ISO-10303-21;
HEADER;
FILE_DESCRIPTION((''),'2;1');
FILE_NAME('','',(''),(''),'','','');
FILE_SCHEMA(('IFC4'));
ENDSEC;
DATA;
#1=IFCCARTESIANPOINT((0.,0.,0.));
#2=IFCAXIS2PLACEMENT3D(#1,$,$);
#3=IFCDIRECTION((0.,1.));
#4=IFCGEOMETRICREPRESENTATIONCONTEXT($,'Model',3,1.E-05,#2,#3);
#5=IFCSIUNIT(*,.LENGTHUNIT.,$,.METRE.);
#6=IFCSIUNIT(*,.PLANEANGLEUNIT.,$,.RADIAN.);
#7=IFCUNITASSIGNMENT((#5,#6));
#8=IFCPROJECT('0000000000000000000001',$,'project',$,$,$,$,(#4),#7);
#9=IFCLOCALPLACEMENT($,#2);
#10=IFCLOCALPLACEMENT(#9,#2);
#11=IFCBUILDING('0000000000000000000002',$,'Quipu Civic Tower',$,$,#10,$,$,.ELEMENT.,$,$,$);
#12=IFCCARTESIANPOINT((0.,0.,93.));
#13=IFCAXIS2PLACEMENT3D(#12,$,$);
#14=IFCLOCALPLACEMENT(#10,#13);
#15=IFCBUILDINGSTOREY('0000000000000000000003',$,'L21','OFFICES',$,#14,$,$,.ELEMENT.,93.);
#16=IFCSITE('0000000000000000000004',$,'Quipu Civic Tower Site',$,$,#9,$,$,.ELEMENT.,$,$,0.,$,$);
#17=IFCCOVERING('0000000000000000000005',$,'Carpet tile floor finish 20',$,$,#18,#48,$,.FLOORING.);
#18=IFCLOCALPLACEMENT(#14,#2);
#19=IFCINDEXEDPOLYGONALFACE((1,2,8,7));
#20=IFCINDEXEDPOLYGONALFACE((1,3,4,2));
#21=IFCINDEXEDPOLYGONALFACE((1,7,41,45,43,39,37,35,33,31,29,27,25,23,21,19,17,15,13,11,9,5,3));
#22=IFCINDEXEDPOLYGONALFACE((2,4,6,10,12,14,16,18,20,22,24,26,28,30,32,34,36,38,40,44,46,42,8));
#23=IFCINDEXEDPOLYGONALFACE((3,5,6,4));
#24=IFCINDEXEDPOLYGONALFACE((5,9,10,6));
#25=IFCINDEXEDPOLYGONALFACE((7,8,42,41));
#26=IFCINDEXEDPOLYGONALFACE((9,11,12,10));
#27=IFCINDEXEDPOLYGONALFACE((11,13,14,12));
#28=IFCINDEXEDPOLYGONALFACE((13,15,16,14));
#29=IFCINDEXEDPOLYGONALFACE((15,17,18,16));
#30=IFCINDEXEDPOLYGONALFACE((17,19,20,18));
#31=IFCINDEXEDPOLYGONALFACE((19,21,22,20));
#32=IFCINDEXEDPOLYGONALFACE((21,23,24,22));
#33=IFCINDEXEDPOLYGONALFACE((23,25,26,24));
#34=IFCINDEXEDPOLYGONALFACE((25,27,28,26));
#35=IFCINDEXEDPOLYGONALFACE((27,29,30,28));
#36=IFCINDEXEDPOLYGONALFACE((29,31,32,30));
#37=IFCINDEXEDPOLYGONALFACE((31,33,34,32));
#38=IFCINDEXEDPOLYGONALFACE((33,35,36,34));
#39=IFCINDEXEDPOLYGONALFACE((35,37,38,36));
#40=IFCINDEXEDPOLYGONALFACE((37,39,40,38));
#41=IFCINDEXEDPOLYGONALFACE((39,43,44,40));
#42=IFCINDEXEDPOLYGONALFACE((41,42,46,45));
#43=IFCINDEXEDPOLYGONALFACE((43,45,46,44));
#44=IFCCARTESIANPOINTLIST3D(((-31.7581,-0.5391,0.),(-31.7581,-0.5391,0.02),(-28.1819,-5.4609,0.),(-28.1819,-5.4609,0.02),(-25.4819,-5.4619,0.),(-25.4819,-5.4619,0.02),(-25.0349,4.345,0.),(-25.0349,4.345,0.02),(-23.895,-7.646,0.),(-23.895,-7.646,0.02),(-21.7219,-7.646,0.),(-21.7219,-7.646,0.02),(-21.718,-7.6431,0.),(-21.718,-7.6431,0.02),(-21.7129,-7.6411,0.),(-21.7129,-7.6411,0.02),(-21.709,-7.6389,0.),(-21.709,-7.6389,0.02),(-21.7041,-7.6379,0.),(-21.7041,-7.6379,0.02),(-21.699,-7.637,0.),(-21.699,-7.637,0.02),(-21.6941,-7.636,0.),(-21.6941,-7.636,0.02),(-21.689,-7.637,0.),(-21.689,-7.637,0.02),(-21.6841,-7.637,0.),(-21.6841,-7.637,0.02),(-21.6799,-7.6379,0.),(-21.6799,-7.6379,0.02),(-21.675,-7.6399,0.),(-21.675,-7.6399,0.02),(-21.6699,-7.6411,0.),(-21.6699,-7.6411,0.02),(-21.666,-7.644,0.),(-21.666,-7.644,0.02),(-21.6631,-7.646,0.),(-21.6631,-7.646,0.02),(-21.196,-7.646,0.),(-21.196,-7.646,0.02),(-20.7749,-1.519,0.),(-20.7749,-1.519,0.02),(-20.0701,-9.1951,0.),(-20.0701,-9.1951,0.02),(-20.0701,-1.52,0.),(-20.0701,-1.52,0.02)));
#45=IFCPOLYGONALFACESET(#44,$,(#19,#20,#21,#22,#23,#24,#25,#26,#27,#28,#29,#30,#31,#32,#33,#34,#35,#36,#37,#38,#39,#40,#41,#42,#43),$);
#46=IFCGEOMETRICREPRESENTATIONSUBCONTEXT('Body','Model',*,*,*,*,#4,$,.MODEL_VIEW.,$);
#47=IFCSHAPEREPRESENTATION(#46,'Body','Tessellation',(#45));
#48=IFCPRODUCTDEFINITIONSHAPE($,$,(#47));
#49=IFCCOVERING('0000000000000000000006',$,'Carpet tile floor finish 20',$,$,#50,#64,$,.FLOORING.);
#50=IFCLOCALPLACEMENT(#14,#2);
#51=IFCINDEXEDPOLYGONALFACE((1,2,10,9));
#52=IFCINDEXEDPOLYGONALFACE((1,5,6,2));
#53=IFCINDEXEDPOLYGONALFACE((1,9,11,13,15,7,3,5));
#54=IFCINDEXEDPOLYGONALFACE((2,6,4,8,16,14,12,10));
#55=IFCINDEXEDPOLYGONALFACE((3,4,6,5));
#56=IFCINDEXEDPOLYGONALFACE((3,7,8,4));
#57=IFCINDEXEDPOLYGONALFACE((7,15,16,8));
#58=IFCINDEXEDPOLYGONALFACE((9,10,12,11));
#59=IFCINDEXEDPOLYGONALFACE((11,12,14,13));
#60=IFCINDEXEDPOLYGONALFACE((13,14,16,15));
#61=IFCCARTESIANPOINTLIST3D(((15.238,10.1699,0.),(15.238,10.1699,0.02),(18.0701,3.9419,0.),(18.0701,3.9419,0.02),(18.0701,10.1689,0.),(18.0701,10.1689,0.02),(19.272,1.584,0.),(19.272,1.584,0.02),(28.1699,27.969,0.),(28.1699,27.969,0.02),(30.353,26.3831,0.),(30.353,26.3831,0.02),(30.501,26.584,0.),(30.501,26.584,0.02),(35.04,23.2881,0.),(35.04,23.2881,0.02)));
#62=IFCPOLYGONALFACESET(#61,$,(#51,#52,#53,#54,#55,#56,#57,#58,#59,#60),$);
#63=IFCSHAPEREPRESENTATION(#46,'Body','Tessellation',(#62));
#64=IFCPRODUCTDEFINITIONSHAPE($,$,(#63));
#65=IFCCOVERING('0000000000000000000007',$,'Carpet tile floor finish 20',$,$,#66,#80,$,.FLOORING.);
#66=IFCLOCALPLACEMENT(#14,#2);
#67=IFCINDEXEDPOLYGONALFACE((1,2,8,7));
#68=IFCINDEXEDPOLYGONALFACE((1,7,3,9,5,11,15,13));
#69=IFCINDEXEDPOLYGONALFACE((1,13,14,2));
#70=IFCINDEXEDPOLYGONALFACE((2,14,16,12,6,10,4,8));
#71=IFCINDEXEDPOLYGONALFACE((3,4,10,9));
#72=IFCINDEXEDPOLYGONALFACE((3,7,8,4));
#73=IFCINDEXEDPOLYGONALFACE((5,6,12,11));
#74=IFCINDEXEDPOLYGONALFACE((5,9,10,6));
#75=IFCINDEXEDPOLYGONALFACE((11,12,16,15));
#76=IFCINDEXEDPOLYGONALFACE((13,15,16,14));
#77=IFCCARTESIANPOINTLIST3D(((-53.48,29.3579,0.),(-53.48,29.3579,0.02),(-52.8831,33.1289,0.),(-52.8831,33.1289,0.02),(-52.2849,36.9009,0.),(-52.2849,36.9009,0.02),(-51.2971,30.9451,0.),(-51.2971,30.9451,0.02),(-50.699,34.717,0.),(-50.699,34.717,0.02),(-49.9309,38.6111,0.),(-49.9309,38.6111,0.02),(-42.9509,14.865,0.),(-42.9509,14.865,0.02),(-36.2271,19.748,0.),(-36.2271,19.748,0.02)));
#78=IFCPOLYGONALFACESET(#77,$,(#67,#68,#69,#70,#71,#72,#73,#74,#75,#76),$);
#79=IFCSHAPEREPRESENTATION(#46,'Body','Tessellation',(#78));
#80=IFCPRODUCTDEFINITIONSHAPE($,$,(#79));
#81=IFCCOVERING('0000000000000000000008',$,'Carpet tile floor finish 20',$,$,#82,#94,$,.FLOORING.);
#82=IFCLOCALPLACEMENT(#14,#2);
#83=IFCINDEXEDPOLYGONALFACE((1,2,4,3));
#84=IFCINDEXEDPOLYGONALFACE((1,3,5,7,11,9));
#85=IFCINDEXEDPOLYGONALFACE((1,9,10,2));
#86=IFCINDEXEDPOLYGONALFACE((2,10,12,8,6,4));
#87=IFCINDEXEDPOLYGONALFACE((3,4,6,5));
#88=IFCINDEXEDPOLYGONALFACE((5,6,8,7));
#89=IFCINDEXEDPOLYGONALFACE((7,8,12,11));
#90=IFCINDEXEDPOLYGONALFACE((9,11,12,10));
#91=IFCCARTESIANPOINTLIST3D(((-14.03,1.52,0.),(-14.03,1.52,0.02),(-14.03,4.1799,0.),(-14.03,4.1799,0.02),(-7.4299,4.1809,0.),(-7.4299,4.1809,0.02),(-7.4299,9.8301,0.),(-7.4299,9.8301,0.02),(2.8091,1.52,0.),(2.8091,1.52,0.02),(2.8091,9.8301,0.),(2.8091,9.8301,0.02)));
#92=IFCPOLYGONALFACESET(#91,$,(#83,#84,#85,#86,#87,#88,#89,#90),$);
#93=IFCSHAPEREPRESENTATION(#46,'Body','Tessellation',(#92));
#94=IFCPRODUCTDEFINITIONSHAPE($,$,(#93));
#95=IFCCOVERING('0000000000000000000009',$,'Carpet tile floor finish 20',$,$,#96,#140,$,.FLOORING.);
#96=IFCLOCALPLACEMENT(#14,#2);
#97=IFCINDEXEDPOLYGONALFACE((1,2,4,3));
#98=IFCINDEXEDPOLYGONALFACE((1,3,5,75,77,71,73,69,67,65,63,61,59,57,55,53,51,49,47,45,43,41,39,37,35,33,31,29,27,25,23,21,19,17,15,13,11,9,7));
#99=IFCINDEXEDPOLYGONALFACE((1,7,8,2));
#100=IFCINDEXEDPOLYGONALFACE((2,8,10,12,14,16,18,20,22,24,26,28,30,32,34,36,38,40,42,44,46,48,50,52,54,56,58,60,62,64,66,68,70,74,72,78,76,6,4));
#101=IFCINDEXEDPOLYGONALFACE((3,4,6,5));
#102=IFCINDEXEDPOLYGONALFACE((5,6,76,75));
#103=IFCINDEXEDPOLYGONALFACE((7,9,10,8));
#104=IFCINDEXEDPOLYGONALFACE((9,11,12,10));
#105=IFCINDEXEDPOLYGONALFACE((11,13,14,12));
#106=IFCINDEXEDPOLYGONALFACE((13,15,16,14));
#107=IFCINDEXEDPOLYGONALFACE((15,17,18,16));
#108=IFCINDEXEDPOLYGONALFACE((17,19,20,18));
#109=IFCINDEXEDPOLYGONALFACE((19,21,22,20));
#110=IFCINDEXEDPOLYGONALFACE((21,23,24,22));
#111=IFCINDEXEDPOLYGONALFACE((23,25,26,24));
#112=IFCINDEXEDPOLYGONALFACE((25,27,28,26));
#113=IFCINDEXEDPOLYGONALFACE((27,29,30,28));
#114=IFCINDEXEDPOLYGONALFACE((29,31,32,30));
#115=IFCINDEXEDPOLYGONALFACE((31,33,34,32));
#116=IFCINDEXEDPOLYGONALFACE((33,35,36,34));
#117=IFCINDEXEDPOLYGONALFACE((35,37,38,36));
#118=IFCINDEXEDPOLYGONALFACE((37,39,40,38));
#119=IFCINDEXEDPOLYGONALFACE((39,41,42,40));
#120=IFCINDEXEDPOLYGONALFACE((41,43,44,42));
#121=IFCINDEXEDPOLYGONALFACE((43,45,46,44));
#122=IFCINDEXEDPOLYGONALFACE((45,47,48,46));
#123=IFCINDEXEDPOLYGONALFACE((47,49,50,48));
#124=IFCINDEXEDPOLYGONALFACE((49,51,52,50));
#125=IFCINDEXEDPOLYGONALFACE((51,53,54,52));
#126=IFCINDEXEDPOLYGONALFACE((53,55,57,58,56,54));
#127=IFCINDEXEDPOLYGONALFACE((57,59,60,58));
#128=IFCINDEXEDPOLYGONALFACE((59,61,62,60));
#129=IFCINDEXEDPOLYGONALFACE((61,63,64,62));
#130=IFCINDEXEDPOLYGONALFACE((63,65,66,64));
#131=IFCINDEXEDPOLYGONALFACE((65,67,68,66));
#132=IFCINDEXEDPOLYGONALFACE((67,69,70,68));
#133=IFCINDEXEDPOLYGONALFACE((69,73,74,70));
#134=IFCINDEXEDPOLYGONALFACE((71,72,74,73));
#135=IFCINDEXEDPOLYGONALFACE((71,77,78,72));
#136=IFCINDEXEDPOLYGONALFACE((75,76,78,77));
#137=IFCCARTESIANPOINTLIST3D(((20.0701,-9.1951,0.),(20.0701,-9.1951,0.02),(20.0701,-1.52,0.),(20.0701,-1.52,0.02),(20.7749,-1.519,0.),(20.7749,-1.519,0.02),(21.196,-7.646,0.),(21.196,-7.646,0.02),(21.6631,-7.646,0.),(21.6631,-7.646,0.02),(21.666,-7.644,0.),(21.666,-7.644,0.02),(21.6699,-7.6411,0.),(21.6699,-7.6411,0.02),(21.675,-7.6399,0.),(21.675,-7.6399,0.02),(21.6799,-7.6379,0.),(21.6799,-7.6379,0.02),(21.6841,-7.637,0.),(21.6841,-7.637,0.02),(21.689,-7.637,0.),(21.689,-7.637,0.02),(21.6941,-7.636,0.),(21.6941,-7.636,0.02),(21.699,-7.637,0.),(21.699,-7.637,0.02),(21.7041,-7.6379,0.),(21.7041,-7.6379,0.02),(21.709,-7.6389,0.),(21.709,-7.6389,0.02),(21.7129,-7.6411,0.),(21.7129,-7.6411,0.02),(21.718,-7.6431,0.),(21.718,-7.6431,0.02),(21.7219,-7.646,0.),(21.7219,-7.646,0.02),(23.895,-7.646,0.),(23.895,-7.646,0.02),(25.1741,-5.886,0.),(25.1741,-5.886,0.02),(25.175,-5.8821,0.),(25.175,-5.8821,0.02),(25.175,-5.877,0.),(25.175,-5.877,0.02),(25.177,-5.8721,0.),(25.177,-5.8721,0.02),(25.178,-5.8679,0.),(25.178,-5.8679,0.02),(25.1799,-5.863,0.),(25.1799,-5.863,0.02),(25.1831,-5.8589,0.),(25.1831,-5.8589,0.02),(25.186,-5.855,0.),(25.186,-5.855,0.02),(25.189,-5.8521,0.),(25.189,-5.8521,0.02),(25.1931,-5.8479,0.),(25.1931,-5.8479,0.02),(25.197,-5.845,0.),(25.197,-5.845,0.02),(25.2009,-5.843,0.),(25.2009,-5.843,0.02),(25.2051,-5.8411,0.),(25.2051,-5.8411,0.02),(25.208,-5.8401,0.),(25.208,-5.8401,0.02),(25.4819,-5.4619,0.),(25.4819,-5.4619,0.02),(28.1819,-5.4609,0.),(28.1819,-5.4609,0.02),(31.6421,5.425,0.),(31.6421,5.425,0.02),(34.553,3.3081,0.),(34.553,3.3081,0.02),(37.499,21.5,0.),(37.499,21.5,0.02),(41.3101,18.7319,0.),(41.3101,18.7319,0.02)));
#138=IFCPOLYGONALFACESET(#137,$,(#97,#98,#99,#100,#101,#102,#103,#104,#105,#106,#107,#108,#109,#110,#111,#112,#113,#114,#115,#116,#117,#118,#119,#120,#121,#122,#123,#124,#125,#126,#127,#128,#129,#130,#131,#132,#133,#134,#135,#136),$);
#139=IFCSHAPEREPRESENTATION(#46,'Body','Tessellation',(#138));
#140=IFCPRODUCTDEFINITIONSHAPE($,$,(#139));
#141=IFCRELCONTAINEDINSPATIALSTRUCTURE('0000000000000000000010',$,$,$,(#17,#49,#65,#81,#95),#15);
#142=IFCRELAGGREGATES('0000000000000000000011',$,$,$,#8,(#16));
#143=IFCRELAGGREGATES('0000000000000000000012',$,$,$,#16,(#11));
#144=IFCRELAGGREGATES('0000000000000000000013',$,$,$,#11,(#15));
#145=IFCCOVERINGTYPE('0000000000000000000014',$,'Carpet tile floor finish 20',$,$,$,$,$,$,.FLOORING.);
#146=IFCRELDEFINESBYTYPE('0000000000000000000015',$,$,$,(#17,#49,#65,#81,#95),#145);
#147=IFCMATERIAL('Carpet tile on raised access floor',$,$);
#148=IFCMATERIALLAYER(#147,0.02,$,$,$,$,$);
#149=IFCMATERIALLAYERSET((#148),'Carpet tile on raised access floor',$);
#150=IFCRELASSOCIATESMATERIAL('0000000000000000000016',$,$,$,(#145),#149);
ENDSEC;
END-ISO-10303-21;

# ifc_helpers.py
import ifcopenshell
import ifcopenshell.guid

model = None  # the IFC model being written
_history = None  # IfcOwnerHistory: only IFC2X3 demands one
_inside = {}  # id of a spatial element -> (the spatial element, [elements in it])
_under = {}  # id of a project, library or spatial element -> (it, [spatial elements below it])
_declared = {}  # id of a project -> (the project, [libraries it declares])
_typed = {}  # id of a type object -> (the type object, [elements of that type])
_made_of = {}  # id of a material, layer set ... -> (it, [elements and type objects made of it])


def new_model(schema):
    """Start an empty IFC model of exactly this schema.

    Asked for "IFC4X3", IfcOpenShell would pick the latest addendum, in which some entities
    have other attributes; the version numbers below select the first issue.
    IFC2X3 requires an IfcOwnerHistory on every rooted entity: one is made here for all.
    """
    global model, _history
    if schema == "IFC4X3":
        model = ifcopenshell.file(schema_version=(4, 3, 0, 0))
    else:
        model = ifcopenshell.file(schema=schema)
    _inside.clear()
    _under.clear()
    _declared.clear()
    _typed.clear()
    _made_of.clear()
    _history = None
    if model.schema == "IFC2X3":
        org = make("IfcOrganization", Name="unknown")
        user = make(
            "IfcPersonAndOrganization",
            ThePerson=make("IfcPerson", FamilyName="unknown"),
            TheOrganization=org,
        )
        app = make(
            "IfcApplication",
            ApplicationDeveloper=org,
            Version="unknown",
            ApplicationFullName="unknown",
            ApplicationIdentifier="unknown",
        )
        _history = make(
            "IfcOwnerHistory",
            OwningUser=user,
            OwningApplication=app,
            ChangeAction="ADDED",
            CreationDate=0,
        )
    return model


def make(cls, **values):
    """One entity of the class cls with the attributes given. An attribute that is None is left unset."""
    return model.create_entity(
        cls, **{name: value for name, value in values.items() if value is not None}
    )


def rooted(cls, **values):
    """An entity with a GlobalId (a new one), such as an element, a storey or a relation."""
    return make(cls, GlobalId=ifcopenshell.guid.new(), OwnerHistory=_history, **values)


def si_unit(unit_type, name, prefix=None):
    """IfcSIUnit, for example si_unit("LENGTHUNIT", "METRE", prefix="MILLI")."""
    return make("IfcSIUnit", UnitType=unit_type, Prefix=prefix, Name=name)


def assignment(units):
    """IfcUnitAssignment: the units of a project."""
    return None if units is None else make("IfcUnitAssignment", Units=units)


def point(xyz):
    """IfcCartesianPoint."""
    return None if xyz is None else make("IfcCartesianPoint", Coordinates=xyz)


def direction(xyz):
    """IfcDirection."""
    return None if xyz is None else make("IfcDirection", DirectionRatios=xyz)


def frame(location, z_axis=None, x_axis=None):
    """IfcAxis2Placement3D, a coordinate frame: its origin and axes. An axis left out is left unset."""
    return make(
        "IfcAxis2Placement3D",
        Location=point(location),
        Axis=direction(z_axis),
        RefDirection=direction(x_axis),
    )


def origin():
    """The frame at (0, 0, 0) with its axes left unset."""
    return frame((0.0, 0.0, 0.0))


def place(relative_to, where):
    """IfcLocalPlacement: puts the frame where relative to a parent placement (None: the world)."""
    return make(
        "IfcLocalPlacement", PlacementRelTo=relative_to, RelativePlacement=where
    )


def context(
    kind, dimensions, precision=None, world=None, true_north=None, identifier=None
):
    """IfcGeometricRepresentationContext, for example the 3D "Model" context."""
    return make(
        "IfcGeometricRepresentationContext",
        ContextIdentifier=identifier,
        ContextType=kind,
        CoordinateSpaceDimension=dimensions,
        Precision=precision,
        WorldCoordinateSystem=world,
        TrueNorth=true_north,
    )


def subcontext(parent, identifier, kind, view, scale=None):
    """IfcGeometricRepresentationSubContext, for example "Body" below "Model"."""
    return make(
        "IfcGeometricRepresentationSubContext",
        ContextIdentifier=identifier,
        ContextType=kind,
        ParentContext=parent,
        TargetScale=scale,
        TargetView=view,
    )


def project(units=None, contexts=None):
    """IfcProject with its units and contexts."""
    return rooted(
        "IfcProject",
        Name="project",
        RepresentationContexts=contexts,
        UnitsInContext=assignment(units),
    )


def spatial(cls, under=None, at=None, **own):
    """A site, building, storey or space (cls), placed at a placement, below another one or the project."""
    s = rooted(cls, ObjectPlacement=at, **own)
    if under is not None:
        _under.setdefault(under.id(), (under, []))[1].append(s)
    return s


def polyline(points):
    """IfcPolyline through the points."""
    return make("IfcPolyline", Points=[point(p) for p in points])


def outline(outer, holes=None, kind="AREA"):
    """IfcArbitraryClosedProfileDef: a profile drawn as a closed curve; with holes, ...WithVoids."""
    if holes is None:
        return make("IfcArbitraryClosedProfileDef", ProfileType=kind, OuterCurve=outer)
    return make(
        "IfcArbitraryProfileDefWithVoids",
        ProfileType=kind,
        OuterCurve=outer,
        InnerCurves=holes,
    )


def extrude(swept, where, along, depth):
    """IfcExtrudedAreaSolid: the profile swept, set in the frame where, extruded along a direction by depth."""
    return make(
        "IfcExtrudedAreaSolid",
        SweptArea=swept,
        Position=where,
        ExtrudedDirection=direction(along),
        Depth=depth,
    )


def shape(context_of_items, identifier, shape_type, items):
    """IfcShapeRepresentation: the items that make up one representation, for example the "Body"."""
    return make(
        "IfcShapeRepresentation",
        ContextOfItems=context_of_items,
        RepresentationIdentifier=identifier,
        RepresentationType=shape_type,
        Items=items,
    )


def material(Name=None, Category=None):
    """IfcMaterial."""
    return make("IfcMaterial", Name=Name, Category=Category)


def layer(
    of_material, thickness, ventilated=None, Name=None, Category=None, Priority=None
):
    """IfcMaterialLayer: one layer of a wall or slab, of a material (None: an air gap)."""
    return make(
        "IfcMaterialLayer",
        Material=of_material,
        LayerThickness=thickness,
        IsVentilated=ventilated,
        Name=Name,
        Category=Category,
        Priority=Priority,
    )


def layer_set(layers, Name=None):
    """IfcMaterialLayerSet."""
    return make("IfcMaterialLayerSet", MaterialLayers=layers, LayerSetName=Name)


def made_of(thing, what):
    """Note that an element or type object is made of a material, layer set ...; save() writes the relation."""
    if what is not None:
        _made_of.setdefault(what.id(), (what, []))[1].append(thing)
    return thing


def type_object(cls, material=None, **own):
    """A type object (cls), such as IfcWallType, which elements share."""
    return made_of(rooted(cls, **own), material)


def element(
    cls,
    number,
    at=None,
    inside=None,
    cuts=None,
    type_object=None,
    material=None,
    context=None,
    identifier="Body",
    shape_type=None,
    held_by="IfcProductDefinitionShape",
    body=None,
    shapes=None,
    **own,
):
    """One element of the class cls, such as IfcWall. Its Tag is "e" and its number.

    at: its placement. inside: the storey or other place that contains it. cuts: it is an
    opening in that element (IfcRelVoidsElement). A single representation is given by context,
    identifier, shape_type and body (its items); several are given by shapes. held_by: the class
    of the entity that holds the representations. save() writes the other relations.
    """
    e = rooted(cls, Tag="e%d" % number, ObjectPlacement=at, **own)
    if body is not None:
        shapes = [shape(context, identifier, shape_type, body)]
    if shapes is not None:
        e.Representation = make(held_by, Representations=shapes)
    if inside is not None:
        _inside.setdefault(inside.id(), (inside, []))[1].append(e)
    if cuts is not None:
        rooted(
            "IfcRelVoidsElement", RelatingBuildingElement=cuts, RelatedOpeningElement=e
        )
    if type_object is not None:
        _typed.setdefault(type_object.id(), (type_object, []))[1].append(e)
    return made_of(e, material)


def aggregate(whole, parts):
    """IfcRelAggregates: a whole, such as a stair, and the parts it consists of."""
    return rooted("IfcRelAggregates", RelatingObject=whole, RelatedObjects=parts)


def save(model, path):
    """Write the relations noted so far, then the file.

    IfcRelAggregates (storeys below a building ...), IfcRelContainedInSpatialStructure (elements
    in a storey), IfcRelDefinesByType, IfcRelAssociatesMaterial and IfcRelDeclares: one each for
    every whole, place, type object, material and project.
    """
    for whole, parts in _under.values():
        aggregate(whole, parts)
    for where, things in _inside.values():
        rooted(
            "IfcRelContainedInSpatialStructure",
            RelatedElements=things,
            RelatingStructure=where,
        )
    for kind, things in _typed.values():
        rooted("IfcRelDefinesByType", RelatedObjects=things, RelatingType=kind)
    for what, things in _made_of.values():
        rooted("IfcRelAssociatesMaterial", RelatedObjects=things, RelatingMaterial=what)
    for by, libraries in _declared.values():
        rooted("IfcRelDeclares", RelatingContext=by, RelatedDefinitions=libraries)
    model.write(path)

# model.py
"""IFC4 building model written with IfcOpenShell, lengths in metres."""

from ifc_helpers import new_model, si_unit, direction, frame, origin, place, context, subcontext, project, spatial, polyline, outline, extrude, material, layer, layer_set, type_object, element, save


model = new_model("IFC4")

# Units and contexts
model_context = context("Model", 3, precision=1e-05, world=origin(), true_north=direction((0.0, 1.0)))
body_context = subcontext(model_context, "Body", "Model", "MODEL_VIEW")
ifc_project = project(units=[si_unit("LENGTHUNIT", "METRE"), si_unit("PLANEANGLEUNIT", "RADIAN")], contexts=[model_context])

# Site, building, storey
site_placement = place(None, origin())
site = spatial("IfcSite", under=ifc_project, at=site_placement, Name="Quipu Civic Tower Site", CompositionType="ELEMENT", RefElevation=0.0)
building_placement = place(site_placement, origin())
building = spatial("IfcBuilding", under=site, at=building_placement, Name="Quipu Civic Tower", CompositionType="ELEMENT")
storey_placement = place(building_placement, frame((0.0, 0.0, 93.0)))
storey = spatial("IfcBuildingStorey", under=building, at=storey_placement, Name="L21", Description="OFFICES", CompositionType="ELEMENT", Elevation=93.0)

# Coverings
ifc_material_1 = material(Name="Carpet tile on raised access floor")
ifc_layer_1 = layer(ifc_material_1, 0.02)
ifc_layer_set_1 = layer_set([ifc_layer_1], Name="Carpet tile on raised access floor")
covering_type_1 = type_object("IfcCoveringType", Name="Carpet tile floor finish 20", PredefinedType="FLOORING", material=ifc_layer_set_1)
covering_1_placement = place(storey_placement, origin())
element("IfcCovering", 1, at=covering_1_placement, inside=storey, type_object=covering_type_1, Name="Carpet tile floor finish 20", PredefinedType="FLOORING", context=body_context, shape_type="SweptSolid", body=[
    extrude(outline(polyline([(-31.7581, -0.5391), (-25.0349, 4.345), (-20.7749, -1.519), (-20.0701, -1.52), (-20.0701, -9.1951), (-21.196, -7.646), (-21.6631, -7.646), (-21.666, -7.644), (-21.6699, -7.6411), (-21.675, -7.6399), (-21.6799, -7.6379), (-21.6841, -7.637), (-21.689, -7.637), (-21.6941, -7.636), (-21.699, -7.637), (-21.7041, -7.6379), (-21.709, -7.6389), (-21.7129, -7.6411), (-21.718, -7.6431), (-21.7219, -7.646), (-21.7219, -7.646), (-23.895, -7.646), (-25.4819, -5.4619), (-28.1819, -5.4609), (-31.7581, -0.5391)])), origin(), (0.0, 0.0, 1.0), 0.02),
])
covering_2_placement = place(storey_placement, origin())
element("IfcCovering", 2, at=covering_2_placement, inside=storey, type_object=covering_type_1, Name="Carpet tile floor finish 20", PredefinedType="FLOORING", context=body_context, shape_type="SweptSolid", body=[
    extrude(outline(polyline([(15.238, 10.1699), (28.1699, 27.969), (30.353, 26.3831), (30.501, 26.584), (35.04, 23.2881), (19.272, 1.584), (18.0701, 3.9419), (18.0701, 10.1689), (15.238, 10.1699)])), origin(), (0.0, 0.0, 1.0), 0.02),
])
covering_3_placement = place(storey_placement, origin())
element("IfcCovering", 3, at=covering_3_placement, inside=storey, type_object=covering_type_1, Name="Carpet tile floor finish 20", PredefinedType="FLOORING", context=body_context, shape_type="SweptSolid", body=[
    extrude(outline(polyline([(-53.48, 29.3579), (-51.2971, 30.9451), (-52.8831, 33.1289), (-50.699, 34.717), (-52.2849, 36.9009), (-49.9309, 38.6111), (-36.2271, 19.748), (-42.9509, 14.865), (-53.48, 29.3579)])), origin(), (0.0, 0.0, 1.0), 0.02),
])
covering_4_placement = place(storey_placement, origin())
element("IfcCovering", 4, at=covering_4_placement, inside=storey, type_object=covering_type_1, Name="Carpet tile floor finish 20", PredefinedType="FLOORING", context=body_context, shape_type="SweptSolid", body=[
    extrude(outline(polyline([(-14.03, 1.52), (-14.03, 4.1799), (-7.4299, 4.1809), (-7.4299, 9.8301), (2.8091, 9.8301), (2.8091, 1.52), (-14.03, 1.52)])), origin(), (0.0, 0.0, 1.0), 0.02),
])
covering_5_placement = place(storey_placement, origin())
element("IfcCovering", 5, at=covering_5_placement, inside=storey, type_object=covering_type_1, Name="Carpet tile floor finish 20", PredefinedType="FLOORING", context=body_context, shape_type="SweptSolid", body=[
    extrude(outline(polyline([(20.0701, -9.1951), (20.0701, -1.52), (20.7749, -1.519), (37.499, 21.5), (41.3101, 18.7319), (31.6421, 5.425), (34.553, 3.3081), (28.1819, -5.4609), (25.4819, -5.4619), (25.208, -5.8401), (25.2051, -5.8411), (25.2009, -5.843), (25.197, -5.845), (25.1931, -5.8479), (25.189, -5.8521), (25.186, -5.855), (25.1831, -5.8589), (25.1799, -5.863), (25.178, -5.8679), (25.177, -5.8721), (25.175, -5.877), (25.175, -5.8821), (25.1741, -5.886), (23.895, -7.646), (21.7219, -7.646), (21.7219, -7.646), (21.718, -7.6431), (21.7129, -7.6411), (21.709, -7.6389), (21.7041, -7.6379), (21.699, -7.637), (21.6941, -7.636), (21.689, -7.637), (21.6841, -7.637), (21.6799, -7.6379), (21.675, -7.6399), (21.6699, -7.6411), (21.666, -7.644), (21.6631, -7.646), (21.196, -7.646), (20.0701, -9.1951)])), origin(), (0.0, 0.0, 1.0), 0.02),
])

save(model, "model.ifc")
